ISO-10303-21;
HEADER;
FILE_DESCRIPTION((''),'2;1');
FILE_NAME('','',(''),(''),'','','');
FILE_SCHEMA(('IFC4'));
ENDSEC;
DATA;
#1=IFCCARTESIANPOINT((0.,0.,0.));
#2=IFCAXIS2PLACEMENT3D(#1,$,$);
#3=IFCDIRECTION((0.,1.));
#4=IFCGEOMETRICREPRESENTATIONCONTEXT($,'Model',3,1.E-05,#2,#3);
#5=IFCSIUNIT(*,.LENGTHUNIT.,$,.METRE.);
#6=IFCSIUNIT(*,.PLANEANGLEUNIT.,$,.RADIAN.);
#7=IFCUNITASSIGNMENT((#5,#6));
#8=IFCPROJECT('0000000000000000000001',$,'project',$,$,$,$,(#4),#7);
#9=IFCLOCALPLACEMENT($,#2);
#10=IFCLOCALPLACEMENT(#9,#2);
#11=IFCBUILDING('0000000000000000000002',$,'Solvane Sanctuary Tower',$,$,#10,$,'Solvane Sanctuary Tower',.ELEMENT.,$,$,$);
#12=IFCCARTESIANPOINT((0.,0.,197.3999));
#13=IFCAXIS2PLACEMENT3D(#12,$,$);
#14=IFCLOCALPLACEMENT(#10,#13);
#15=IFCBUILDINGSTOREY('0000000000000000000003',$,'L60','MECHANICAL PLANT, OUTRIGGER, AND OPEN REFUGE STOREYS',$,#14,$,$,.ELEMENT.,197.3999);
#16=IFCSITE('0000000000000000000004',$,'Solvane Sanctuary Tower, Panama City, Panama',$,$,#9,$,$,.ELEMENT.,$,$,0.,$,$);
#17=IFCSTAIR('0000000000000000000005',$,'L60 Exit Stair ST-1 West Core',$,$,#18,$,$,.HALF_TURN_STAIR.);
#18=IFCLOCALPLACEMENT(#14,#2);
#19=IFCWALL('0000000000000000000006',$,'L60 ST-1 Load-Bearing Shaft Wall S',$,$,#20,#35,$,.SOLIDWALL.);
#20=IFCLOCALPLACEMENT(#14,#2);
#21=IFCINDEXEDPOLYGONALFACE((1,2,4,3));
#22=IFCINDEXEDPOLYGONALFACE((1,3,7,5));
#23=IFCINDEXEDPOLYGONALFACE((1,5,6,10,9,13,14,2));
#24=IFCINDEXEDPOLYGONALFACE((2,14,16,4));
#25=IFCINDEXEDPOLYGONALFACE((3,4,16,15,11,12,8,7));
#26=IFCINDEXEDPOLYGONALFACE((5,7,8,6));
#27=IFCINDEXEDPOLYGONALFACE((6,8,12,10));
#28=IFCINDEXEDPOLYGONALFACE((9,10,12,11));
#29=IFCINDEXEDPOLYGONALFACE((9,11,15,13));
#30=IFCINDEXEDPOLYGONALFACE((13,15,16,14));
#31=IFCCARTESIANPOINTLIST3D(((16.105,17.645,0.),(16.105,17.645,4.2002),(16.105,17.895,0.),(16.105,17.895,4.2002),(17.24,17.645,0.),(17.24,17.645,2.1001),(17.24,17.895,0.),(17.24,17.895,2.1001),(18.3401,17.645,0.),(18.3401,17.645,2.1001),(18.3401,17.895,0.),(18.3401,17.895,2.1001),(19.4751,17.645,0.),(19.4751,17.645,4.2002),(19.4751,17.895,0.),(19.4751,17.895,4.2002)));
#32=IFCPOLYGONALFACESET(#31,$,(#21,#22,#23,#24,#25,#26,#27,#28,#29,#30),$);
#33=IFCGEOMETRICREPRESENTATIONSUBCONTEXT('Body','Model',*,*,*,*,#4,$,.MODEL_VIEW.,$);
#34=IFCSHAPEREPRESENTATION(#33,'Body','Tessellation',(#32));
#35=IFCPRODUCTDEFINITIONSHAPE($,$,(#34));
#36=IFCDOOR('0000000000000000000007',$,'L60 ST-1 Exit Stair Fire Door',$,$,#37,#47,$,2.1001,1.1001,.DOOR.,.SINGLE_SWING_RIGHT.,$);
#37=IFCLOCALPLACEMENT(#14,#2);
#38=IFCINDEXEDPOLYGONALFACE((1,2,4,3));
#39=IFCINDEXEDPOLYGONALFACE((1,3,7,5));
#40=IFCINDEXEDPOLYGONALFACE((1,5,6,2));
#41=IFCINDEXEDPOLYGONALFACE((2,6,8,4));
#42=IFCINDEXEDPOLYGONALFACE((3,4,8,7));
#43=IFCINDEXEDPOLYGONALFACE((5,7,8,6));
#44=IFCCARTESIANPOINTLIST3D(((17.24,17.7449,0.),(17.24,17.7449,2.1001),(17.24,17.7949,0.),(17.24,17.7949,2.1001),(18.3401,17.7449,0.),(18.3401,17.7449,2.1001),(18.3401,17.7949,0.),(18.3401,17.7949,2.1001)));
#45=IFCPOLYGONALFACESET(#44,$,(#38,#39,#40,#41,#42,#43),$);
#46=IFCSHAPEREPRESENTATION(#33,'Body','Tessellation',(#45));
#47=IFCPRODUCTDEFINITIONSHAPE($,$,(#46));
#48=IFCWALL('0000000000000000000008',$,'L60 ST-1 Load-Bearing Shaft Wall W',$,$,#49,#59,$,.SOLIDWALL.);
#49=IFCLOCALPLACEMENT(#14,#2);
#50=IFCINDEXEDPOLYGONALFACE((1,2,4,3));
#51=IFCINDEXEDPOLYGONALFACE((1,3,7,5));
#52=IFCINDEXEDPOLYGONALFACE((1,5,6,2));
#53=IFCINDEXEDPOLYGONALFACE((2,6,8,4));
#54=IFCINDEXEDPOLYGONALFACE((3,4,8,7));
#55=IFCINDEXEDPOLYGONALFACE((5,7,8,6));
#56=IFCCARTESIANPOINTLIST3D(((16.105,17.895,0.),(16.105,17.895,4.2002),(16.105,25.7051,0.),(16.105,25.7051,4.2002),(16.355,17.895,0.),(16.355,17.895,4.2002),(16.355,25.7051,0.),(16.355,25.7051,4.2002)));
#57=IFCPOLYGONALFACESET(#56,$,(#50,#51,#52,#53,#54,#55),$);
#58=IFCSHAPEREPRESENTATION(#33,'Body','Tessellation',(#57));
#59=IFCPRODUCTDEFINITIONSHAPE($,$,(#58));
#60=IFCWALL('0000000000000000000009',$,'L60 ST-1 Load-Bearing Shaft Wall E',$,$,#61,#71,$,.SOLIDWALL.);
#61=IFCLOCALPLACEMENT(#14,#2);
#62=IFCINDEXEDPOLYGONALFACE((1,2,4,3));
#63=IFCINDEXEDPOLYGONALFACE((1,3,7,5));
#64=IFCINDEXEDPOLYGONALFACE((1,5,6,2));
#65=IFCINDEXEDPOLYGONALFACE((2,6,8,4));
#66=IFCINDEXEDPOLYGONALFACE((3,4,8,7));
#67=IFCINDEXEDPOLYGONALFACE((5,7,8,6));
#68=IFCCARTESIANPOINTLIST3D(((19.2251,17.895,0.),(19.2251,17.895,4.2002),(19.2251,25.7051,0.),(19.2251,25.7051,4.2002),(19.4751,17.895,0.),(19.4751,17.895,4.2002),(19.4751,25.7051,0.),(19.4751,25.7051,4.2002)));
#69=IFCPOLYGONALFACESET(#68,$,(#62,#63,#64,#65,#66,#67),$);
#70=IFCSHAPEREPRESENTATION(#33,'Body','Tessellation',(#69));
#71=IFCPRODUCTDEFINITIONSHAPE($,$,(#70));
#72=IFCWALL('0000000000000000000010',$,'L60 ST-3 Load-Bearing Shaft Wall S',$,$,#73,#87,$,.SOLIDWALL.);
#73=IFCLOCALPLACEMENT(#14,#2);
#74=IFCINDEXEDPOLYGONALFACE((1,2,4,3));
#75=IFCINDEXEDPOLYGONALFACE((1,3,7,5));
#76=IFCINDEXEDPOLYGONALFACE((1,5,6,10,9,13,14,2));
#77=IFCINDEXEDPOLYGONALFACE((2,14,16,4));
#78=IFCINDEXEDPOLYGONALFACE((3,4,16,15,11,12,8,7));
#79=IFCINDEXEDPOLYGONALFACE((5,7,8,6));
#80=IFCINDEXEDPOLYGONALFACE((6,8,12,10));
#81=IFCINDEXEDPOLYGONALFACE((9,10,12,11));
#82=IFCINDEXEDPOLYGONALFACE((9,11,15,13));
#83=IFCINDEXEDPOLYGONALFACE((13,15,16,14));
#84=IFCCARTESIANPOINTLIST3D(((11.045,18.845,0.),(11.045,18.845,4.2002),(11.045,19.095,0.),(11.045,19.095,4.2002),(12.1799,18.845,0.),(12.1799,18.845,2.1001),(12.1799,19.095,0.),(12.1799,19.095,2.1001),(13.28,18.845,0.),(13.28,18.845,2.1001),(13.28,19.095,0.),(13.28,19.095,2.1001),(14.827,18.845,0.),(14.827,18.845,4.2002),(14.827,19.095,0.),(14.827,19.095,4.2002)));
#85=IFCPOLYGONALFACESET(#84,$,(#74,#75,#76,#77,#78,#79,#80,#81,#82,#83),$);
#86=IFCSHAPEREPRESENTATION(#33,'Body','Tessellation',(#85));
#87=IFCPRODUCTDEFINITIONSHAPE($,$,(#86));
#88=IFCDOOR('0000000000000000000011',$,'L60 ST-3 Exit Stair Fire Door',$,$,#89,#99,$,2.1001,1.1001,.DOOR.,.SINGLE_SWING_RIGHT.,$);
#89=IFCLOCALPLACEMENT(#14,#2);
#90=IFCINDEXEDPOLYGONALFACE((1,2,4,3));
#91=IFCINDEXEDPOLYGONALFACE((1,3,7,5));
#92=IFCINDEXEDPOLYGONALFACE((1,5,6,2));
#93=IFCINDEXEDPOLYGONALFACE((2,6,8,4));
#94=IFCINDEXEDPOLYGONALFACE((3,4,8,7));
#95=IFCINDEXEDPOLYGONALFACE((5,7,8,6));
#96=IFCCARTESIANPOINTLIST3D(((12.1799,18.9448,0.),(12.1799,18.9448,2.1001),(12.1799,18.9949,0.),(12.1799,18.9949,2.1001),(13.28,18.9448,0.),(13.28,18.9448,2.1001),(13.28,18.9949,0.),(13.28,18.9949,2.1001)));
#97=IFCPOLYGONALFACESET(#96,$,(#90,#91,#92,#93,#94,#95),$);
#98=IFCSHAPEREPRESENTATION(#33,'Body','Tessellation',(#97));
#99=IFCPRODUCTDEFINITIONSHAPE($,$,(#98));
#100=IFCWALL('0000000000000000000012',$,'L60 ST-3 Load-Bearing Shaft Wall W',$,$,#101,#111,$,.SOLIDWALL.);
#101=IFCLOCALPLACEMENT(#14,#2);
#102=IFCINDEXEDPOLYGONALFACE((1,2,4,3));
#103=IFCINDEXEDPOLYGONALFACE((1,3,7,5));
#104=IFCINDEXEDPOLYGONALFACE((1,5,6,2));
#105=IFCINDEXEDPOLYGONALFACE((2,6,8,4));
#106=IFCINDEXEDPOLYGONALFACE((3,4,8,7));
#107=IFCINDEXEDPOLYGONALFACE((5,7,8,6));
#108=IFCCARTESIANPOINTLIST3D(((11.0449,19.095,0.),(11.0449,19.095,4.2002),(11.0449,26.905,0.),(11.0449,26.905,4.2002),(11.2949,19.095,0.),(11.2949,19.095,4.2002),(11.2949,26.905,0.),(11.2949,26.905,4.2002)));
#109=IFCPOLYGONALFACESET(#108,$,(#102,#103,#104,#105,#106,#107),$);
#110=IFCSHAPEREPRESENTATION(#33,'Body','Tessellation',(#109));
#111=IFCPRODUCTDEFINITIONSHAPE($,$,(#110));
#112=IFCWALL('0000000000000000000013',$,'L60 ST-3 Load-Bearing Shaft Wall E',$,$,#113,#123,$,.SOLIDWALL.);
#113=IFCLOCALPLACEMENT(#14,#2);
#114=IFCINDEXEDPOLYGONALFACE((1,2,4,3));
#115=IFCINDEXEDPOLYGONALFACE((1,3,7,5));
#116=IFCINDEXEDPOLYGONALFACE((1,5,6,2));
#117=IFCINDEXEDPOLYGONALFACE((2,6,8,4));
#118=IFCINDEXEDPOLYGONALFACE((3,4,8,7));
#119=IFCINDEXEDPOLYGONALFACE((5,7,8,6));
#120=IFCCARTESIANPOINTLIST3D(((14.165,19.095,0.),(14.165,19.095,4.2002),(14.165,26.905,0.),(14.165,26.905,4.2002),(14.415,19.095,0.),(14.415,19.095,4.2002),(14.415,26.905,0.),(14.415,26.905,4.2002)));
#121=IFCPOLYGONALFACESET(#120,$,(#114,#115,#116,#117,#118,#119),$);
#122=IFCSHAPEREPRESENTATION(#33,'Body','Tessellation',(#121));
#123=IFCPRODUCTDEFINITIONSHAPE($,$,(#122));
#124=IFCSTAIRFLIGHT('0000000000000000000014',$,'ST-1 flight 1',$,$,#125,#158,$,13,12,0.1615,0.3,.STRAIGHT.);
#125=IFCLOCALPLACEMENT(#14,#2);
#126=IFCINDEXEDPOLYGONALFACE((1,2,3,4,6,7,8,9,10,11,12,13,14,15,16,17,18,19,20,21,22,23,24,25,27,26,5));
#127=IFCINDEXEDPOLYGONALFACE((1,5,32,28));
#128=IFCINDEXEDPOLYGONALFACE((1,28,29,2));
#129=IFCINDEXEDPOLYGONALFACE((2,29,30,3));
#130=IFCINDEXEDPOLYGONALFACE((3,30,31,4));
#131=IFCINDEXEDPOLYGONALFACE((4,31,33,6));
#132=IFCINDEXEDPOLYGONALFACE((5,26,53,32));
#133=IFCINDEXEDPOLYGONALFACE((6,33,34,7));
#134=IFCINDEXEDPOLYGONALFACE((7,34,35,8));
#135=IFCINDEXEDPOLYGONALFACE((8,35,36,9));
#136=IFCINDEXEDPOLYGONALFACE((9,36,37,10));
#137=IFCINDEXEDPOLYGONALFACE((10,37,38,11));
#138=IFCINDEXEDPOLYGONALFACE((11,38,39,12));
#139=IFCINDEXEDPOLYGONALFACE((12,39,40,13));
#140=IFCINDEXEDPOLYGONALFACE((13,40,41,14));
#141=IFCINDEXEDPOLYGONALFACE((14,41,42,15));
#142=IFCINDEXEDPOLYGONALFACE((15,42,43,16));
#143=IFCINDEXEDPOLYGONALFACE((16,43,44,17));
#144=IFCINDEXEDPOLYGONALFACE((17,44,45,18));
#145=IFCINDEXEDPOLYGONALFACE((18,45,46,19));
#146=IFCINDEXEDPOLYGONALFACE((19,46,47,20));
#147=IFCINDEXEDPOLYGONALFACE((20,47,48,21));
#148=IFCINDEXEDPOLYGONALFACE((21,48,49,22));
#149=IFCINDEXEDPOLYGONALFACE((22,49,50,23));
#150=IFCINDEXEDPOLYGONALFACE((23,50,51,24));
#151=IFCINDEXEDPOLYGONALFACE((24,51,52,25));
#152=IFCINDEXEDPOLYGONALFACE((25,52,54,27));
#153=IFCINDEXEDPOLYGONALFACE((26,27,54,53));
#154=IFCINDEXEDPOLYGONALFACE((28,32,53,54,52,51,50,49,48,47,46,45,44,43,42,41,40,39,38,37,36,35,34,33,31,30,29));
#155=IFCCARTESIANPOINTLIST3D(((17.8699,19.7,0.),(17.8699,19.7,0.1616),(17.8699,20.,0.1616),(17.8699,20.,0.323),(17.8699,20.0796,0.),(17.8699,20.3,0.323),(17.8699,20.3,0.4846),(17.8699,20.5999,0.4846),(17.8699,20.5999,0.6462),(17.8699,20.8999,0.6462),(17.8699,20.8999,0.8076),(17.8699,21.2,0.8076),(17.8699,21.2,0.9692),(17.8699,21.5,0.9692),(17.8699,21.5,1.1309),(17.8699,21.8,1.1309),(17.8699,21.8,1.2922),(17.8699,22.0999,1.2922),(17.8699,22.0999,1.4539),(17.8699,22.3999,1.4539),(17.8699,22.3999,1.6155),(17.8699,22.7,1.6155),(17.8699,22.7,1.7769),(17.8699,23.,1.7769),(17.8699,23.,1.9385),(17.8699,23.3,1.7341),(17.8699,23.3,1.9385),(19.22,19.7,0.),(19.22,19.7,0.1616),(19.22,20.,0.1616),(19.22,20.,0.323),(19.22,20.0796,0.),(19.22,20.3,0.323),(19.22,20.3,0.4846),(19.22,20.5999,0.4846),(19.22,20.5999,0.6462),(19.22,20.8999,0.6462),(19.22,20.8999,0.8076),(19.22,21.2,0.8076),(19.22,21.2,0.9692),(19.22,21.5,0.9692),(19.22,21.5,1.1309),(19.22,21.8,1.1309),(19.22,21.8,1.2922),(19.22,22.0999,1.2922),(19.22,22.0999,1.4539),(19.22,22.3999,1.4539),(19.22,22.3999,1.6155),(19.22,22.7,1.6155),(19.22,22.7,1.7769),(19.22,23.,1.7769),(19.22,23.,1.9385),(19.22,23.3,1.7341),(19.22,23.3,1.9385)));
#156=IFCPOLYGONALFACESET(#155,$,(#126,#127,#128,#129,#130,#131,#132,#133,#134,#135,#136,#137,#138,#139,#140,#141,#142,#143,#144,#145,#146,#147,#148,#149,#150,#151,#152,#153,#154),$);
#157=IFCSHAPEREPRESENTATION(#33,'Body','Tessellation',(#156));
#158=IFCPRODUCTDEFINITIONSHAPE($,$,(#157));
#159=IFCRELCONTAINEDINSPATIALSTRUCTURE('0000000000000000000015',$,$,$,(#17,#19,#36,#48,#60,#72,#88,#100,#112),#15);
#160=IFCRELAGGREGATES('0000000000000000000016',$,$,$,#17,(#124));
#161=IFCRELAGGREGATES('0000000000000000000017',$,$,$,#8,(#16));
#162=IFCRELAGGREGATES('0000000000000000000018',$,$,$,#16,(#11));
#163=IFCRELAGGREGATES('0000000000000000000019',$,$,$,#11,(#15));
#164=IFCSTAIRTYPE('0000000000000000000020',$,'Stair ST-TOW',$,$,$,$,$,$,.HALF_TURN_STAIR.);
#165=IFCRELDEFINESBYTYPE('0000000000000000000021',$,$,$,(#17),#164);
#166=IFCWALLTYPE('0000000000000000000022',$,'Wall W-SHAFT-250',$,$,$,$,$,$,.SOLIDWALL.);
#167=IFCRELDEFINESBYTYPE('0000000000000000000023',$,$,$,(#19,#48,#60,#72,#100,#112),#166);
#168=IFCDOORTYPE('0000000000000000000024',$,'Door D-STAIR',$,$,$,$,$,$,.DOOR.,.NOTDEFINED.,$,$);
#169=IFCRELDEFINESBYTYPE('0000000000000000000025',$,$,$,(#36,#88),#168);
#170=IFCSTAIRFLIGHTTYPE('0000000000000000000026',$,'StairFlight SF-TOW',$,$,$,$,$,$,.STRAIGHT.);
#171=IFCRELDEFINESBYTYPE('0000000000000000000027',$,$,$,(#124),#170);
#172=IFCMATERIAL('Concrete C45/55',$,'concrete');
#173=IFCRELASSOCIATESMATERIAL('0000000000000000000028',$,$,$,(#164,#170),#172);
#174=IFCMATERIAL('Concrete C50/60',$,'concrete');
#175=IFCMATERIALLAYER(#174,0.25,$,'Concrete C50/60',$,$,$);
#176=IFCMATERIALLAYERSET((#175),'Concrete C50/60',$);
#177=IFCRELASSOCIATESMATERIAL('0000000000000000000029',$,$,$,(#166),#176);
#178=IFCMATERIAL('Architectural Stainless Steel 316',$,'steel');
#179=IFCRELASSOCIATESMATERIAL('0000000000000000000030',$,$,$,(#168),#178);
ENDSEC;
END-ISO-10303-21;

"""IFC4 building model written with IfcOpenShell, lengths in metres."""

from ifc_helpers import new_model, si_unit, direction, frame, frame_2d, origin, place, context, subcontext, project, spatial, polyline, rectangle, outline, extrude, material, layer, layer_set, type_object, element, fill, aggregate, save


model = new_model("IFC4")

# Units and contexts
model_context = context("Model", 3, precision=1e-05, world=origin(), true_north=direction((0.0, 1.0)))
body_context = subcontext(model_context, "Body", "Model", "MODEL_VIEW")
ifc_project = project(units=[si_unit("LENGTHUNIT", "METRE"), si_unit("PLANEANGLEUNIT", "RADIAN")], contexts=[model_context])

# Site, building, storey
site_placement = place(None, origin())
site = spatial("IfcSite", under=ifc_project, at=site_placement, Name="Solvane Sanctuary Tower, Panama City, Panama", CompositionType="ELEMENT", RefElevation=0.0)
building_placement = place(site_placement, origin())
building = spatial("IfcBuilding", under=site, at=building_placement, Name="Solvane Sanctuary Tower", LongName="Solvane Sanctuary Tower", CompositionType="ELEMENT")
storey_placement = place(building_placement, frame((0.0, 0.0, 197.3999)))
storey = spatial("IfcBuildingStorey", under=building, at=storey_placement, Name="L60", Description="MECHANICAL PLANT, OUTRIGGER, AND OPEN REFUGE STOREYS", CompositionType="ELEMENT", Elevation=197.3999)

# Shared definitions
ifc_material_1 = material(Name="Concrete C50/60", Category="concrete")

# Stair
ifc_material_2 = material(Name="Concrete C45/55", Category="concrete")
stair_type = type_object("IfcStairType", Name="Stair ST-TOW", PredefinedType="HALF_TURN_STAIR", material=ifc_material_2)
stair_1_placement = place(storey_placement, origin())
stair_1 = element("IfcStair", 1, at=stair_1_placement, inside=storey, type_object=stair_type, Name="L60 Exit Stair ST-1 West Core", PredefinedType="HALF_TURN_STAIR")

# Shared definitions
ifc_material_3 = material(Name="Architectural Stainless Steel 316", Category="steel")

# Wall, opening, door
ifc_layer_1 = layer(ifc_material_1, 0.25, Name="Concrete C50/60")
ifc_layer_set_1 = layer_set([ifc_layer_1], Name="Concrete C50/60")
wall_type_1 = type_object("IfcWallType", Name="Wall W-SHAFT-250", PredefinedType="SOLIDWALL", material=ifc_layer_set_1)
wall_1_placement = place(storey_placement, frame((16.105, 17.77, 0.0), z_axis=(0.0, 0.0, 1.0), x_axis=(1.0, 0.0, 0.0)))
wall_1 = element("IfcWall", 2, at=wall_1_placement, inside=storey, type_object=wall_type_1, Name="L60 ST-1 Load-Bearing Shaft Wall S", PredefinedType="SOLIDWALL", context=body_context, shape_type="SweptSolid", body=[
    extrude(rectangle(XDim=3.3701, YDim=0.25, at=frame_2d((1.6851, 0.0))), origin(), (0.0, 0.0, 1.0), 4.2002),
])
opening_1_placement = place(wall_1_placement, frame((1.135, 0.0, 0.0)))
opening_1 = element("IfcOpeningElement", 3, at=opening_1_placement, cuts=wall_1, PredefinedType="OPENING", context=body_context, shape_type="SweptSolid", body=[
    extrude(rectangle(XDim=1.1001, YDim=2.1001, at=frame_2d((0.55, 1.05))), frame((0.0, 0.135, 0.0), z_axis=(0.0, -1.0, 0.0), x_axis=(1.0, 0.0, 0.0)), (0.0, 0.0, 1.0), 0.27),
])
door_type_1 = type_object("IfcDoorType", Name="Door D-STAIR", OperationType="NOTDEFINED", PredefinedType="DOOR", material=ifc_material_3)
door_1_placement = place(opening_1_placement, origin())
door_1 = element("IfcDoor", 4, at=door_1_placement, inside=storey, type_object=door_type_1, Name="L60 ST-1 Exit Stair Fire Door", OperationType="SINGLE_SWING_RIGHT", OverallHeight=2.1001, OverallWidth=1.1001, PredefinedType="DOOR", context=body_context, shape_type="SweptSolid", body=[
    extrude(rectangle(XDim=1.1001, YDim=2.1001, at=frame_2d((0.55, 1.05))), frame((0.0, 0.0249, 0.0), z_axis=(0.0, -1.0, 0.0), x_axis=(1.0, 0.0, 0.0)), (0.0, 0.0, 1.0), 0.05),
])
fill(opening_1, door_1)

# Walls
for number, where, z_axis, x_axis, name in (
    (5, (16.23, 17.895, 0.0), (0.0, 0.0, 1.0), (0.0, 1.0, 0.0), "L60 ST-1 Load-Bearing Shaft Wall W"),
    (6, (19.3501, 17.895, 0.0), (0.0, 0.0, 1.0), (0.0, 1.0, 0.0), "L60 ST-1 Load-Bearing Shaft Wall E"),
):
    element("IfcWall", number, at=place(storey_placement, frame(where, z_axis=z_axis, x_axis=x_axis)), inside=storey, type_object=wall_type_1, Name=name, PredefinedType="SOLIDWALL", context=body_context, shape_type="SweptSolid", body=[
        extrude(rectangle(XDim=7.8101, YDim=0.25, at=frame_2d((3.905, 0.0))), origin(), (0.0, 0.0, 1.0), 4.2002),
    ])

# Wall, opening, door
wall_2_placement = place(storey_placement, frame((11.0449, 18.97, 0.0), z_axis=(0.0, 0.0, 1.0), x_axis=(1.0, 0.0, 0.0)))
wall_2 = element("IfcWall", 7, at=wall_2_placement, inside=storey, type_object=wall_type_1, Name="L60 ST-3 Load-Bearing Shaft Wall S", PredefinedType="SOLIDWALL", context=body_context, shape_type="SweptSolid", body=[
    extrude(rectangle(XDim=3.782, YDim=0.25, at=frame_2d((1.8911, 0.0))), origin(), (0.0, 0.0, 1.0), 4.2002),
])
opening_2_placement = place(wall_2_placement, frame((1.135, 0.0, 0.0)))
opening_2 = element("IfcOpeningElement", 8, at=opening_2_placement, cuts=wall_2, PredefinedType="OPENING", context=body_context, shape_type="SweptSolid", body=[
    extrude(rectangle(XDim=1.1001, YDim=2.1001, at=frame_2d((0.55, 1.05))), frame((0.0, 0.135, 0.0), z_axis=(0.0, -1.0, 0.0), x_axis=(1.0, 0.0, 0.0)), (0.0, 0.0, 1.0), 0.27),
])
door_2_placement = place(opening_2_placement, origin())
door_2 = element("IfcDoor", 9, at=door_2_placement, inside=storey, type_object=door_type_1, Name="L60 ST-3 Exit Stair Fire Door", OperationType="SINGLE_SWING_RIGHT", OverallHeight=2.1001, OverallWidth=1.1001, PredefinedType="DOOR", context=body_context, shape_type="SweptSolid", body=[
    extrude(rectangle(XDim=1.1001, YDim=2.1001, at=frame_2d((0.55, 1.05))), frame((0.0, 0.0249, 0.0), z_axis=(0.0, -1.0, 0.0), x_axis=(1.0, 0.0, 0.0)), (0.0, 0.0, 1.0), 0.05),
])
fill(opening_2, door_2)

# Walls
for number, where, z_axis, x_axis, name in (
    (10, (11.1699, 19.095, 0.0), (0.0, 0.0, 1.0), (0.0, 1.0, 0.0), "L60 ST-3 Load-Bearing Shaft Wall W"),
    (11, (14.29, 19.095, 0.0), (0.0, 0.0, 1.0), (0.0, 1.0, 0.0), "L60 ST-3 Load-Bearing Shaft Wall E"),
):
    element("IfcWall", number, at=place(storey_placement, frame(where, z_axis=z_axis, x_axis=x_axis)), inside=storey, type_object=wall_type_1, Name=name, PredefinedType="SOLIDWALL", context=body_context, shape_type="SweptSolid", body=[
        extrude(rectangle(XDim=7.8101, YDim=0.25, at=frame_2d((3.905, 0.0))), origin(), (0.0, 0.0, 1.0), 4.2002),
    ])

# Stair flight
stair_flight_type = type_object("IfcStairFlightType", Name="StairFlight SF-TOW", PredefinedType="STRAIGHT", material=ifc_material_2)
stair_flight_1_placement = place(storey_placement, frame((18.5449, 19.7, 0.0), z_axis=(0.0, 0.0, 1.0), x_axis=(0.0, 1.0, 0.0)))
stair_flight_1 = element("IfcStairFlight", 12, at=stair_flight_1_placement, type_object=stair_flight_type, Name="ST-1 flight 1", NumberOfRisers=13, NumberOfTreads=12, PredefinedType="STRAIGHT", RiserHeight=0.1615, TreadLength=0.3, context=body_context, shape_type="SweptSolid", body=[
    extrude(outline(polyline([(0.0, 0.0), (0.0, 0.1616), (0.3, 0.1616), (0.3, 0.323), (0.6001, 0.323), (0.6001, 0.4846), (0.8999, 0.4846), (0.8999, 0.6462), (1.2, 0.6462), (1.2, 0.8076), (1.5, 0.8076), (1.5, 0.9692), (1.8, 0.9692), (1.8, 1.1309), (2.1001, 1.1309), (2.1001, 1.2922), (2.3999, 1.2922), (2.3999, 1.4539), (2.7, 1.4539), (2.7, 1.6155), (3.0, 1.6155), (3.0, 1.7769), (3.3, 1.7769), (3.3, 1.9385), (3.6001, 1.9385), (3.6001, 2.1001), (3.6001, 1.7341), (0.3796, 0.0), (0.0, 0.0)])), frame((0.0, 0.675, 0.0), z_axis=(0.0, -1.0, 0.0), x_axis=(1.0, 0.0, 0.0)), (0.0, 0.0, 1.0), 1.3501),
])
aggregate(stair_1, [stair_flight_1])

save(model, "model.ifc")
